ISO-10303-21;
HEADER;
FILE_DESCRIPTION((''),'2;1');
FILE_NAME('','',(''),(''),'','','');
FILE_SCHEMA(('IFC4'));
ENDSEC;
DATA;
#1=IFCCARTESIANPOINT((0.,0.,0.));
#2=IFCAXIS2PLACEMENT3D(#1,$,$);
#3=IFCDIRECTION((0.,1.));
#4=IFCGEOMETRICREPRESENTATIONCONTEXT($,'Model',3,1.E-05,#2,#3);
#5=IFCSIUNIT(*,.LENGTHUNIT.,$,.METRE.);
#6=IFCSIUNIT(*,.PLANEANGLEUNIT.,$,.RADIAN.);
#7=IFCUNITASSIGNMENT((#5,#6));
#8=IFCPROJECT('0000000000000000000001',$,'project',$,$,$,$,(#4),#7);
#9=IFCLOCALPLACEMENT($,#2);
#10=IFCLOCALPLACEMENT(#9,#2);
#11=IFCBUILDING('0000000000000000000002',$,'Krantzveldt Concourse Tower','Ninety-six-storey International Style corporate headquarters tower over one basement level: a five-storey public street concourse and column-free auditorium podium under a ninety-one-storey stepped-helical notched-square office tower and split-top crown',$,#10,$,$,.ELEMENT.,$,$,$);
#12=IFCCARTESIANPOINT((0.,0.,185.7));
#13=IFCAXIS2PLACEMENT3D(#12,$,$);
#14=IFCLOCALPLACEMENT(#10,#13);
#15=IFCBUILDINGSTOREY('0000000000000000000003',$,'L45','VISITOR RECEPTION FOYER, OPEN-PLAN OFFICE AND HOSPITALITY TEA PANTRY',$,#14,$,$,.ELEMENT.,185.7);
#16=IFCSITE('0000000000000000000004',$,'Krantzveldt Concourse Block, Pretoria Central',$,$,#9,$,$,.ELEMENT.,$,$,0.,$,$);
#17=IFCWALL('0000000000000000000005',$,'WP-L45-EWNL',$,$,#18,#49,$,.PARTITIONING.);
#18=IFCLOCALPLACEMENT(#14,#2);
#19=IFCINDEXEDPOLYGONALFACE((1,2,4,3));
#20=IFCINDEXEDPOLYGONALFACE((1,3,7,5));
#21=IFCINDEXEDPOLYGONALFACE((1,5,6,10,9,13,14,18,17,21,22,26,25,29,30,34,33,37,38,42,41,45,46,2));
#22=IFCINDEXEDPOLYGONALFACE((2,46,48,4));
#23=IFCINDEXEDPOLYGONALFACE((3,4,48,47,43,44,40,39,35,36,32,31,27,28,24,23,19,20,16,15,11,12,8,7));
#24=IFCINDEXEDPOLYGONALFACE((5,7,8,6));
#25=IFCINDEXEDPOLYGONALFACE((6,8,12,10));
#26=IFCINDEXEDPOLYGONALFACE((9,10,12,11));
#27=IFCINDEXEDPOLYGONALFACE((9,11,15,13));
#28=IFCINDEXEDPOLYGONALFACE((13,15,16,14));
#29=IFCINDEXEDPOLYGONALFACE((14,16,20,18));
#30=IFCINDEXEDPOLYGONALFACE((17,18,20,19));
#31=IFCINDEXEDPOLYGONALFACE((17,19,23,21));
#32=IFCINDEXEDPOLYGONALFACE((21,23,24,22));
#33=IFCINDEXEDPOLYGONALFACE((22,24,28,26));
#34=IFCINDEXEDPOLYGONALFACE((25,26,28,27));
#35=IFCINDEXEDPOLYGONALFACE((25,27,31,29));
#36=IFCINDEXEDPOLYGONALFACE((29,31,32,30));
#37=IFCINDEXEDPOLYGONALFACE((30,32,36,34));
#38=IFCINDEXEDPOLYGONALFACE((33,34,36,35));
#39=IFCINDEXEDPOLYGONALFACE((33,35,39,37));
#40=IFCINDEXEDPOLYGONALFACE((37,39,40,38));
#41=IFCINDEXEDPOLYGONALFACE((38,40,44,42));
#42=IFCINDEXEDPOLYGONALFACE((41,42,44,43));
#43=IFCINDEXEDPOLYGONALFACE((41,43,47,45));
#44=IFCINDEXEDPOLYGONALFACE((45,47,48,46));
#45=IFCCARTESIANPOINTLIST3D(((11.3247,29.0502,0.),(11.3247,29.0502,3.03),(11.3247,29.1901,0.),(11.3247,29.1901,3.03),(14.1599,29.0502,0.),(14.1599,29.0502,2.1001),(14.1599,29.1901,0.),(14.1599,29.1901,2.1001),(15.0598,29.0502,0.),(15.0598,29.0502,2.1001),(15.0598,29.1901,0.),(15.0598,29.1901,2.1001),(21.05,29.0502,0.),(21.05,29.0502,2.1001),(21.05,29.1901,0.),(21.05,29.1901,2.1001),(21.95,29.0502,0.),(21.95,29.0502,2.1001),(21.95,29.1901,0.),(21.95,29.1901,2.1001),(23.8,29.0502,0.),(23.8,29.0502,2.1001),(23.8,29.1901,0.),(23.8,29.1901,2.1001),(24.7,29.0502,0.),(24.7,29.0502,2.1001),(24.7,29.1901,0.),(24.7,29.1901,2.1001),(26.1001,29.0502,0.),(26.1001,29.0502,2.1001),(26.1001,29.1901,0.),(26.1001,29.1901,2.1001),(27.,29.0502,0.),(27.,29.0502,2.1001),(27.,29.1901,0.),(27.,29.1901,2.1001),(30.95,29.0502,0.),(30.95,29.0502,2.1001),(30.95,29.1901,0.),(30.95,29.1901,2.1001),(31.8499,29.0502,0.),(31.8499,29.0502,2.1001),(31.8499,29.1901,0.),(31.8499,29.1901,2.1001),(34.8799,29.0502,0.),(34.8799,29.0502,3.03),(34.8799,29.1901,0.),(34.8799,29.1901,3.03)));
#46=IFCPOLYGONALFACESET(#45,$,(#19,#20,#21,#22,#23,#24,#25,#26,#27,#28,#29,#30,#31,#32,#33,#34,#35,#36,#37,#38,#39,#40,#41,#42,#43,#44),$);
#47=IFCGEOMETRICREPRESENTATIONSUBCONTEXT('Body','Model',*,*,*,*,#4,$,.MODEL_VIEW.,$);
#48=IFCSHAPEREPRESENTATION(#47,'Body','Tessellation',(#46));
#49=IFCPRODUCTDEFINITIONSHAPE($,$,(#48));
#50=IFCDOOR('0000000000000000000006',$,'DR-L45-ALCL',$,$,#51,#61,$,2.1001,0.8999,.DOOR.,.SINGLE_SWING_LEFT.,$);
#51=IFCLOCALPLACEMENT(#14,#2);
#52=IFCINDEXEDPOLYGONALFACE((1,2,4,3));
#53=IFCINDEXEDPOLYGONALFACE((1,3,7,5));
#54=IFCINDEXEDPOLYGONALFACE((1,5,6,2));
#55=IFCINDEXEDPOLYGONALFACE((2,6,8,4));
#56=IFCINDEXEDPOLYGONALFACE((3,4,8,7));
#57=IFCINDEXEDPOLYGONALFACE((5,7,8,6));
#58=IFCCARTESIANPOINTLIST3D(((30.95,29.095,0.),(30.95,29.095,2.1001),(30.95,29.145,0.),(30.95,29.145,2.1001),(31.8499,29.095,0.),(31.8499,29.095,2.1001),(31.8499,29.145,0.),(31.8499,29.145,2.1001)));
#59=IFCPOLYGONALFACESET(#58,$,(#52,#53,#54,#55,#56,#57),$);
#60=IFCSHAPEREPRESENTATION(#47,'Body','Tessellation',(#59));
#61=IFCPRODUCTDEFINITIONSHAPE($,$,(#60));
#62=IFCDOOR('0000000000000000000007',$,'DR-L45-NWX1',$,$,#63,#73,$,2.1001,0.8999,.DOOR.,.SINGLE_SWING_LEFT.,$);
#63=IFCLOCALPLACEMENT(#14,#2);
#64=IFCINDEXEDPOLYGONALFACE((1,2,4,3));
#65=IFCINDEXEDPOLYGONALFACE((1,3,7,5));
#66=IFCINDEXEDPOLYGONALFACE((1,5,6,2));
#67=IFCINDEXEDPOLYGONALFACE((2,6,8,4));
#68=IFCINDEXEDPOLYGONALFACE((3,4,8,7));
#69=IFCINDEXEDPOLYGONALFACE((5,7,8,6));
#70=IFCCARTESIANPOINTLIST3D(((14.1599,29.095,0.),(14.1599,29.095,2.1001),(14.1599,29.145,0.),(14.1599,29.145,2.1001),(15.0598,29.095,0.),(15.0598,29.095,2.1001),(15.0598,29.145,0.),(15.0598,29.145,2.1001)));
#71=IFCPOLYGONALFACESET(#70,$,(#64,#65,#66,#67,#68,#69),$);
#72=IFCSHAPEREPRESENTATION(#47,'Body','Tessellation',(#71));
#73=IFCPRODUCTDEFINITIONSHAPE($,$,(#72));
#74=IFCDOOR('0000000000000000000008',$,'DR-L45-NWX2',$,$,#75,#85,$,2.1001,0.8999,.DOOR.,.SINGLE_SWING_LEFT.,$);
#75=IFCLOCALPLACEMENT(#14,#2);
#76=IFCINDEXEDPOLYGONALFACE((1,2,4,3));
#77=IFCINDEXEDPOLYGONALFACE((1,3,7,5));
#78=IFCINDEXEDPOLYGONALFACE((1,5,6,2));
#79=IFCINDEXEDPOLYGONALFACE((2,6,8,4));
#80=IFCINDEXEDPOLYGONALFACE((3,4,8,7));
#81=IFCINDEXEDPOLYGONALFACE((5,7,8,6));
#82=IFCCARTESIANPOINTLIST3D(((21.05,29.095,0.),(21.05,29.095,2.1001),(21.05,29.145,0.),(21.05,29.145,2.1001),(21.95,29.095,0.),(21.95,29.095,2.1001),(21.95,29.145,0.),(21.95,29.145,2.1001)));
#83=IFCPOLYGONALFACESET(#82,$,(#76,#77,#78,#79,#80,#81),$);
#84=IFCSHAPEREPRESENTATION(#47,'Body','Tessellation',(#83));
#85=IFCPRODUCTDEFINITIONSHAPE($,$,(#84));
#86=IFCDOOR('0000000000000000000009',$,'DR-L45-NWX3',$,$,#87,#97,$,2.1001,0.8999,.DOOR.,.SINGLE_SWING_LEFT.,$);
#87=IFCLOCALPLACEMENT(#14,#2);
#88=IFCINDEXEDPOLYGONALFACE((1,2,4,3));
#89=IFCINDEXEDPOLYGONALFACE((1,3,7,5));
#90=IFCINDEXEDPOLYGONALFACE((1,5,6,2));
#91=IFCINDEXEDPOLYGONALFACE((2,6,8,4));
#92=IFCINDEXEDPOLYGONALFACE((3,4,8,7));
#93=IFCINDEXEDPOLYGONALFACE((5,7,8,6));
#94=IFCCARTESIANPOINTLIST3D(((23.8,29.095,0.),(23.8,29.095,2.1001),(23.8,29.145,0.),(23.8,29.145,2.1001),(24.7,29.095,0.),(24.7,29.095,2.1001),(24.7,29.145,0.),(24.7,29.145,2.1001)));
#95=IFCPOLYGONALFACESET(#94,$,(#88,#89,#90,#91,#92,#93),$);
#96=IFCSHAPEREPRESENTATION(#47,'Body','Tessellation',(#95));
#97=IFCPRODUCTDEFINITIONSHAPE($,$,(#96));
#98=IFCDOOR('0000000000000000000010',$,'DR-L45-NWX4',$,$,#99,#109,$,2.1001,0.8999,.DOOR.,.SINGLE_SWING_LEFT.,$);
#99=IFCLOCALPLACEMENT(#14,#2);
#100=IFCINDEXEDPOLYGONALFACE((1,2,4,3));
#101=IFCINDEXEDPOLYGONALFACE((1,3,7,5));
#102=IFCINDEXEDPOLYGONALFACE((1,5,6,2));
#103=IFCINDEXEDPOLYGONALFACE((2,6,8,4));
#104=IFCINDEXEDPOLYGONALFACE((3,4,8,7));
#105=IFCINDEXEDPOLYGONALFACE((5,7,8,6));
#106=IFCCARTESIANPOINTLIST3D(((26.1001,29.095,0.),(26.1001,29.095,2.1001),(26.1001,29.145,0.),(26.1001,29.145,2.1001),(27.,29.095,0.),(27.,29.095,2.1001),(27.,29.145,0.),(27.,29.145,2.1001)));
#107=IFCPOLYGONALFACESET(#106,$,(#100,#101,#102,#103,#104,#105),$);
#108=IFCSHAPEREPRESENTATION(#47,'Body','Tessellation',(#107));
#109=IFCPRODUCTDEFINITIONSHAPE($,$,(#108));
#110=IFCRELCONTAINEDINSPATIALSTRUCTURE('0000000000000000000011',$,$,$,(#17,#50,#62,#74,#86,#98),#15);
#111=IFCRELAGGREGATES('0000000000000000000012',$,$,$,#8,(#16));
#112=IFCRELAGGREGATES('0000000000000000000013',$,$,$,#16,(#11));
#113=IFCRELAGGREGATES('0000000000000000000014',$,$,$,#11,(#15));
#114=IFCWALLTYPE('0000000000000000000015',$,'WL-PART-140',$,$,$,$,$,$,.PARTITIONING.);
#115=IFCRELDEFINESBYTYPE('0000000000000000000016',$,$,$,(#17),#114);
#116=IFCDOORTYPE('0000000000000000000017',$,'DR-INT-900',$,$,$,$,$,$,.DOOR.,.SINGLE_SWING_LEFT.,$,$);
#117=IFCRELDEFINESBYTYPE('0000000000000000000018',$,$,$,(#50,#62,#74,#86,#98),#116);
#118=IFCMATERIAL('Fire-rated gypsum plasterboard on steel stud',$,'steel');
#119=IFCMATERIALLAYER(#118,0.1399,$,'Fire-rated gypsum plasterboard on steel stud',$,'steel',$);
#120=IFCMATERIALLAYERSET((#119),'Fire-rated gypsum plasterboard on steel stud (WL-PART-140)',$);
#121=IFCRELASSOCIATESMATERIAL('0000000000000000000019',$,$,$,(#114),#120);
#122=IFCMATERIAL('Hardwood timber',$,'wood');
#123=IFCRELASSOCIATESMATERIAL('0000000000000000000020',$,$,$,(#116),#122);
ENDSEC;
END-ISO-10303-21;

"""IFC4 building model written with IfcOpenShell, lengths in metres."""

from ifc_helpers import new_model, si_unit, direction, frame, frame_2d, origin, place, context, subcontext, project, spatial, rectangle, extrude, material, layer, layer_set, type_object, element, fill, save


model = new_model("IFC4")

# Units and contexts
model_context = context("Model", 3, precision=1e-05, world=origin(), true_north=direction((0.0, 1.0)))
body_context = subcontext(model_context, "Body", "Model", "MODEL_VIEW")
ifc_project = project(units=[si_unit("LENGTHUNIT", "METRE"), si_unit("PLANEANGLEUNIT", "RADIAN")], contexts=[model_context])

# Site, building, storey
site_placement = place(None, origin())
site = spatial("IfcSite", under=ifc_project, at=site_placement, Name="Krantzveldt Concourse Block, Pretoria Central", CompositionType="ELEMENT", RefElevation=0.0)
building_placement = place(site_placement, origin())
building = spatial("IfcBuilding", under=site, at=building_placement, Name="Krantzveldt Concourse Tower", Description="Ninety-six-storey International Style corporate headquarters tower over one basement level: a five-storey public street concourse and column-free auditorium podium under a ninety-one-storey stepped-helical notched-square office tower and split-top crown", CompositionType="ELEMENT")
storey_placement = place(building_placement, frame((0.0, 0.0, 185.7)))
storey = spatial("IfcBuildingStorey", under=building, at=storey_placement, Name="L45", Description="VISITOR RECEPTION FOYER, OPEN-PLAN OFFICE AND HOSPITALITY TEA PANTRY", CompositionType="ELEMENT", Elevation=185.7)

# Shared definitions
ifc_material_1 = material(Name="Fire-rated gypsum plasterboard on steel stud", Category="steel")

# Wall, openings, doors
ifc_layer_1 = layer(ifc_material_1, 0.1399, Name="Fire-rated gypsum plasterboard on steel stud", Category="steel")
ifc_layer_set_1 = layer_set([ifc_layer_1], Name="Fire-rated gypsum plasterboard on steel stud (WL-PART-140)")
wall_type_1 = type_object("IfcWallType", Name="WL-PART-140", PredefinedType="PARTITIONING", material=ifc_layer_set_1)
wall_1_placement = place(storey_placement, frame((11.3247, 29.1201, 0.0), z_axis=(0.0, 0.0, 1.0), x_axis=(1.0, 0.0, 0.0)))
wall_1 = element("IfcWall", 1, at=wall_1_placement, inside=storey, type_object=wall_type_1, Name="WP-L45-EWNL", PredefinedType="PARTITIONING", context=body_context, shape_type="SweptSolid", body=[
    extrude(rectangle(XDim=23.5552, YDim=0.1399, at=frame_2d((11.7776, 0.0))), origin(), (0.0, 0.0, 1.0), 3.03),
])
opening_1_placement = place(wall_1_placement, frame((19.6252, 0.0, 0.0)))
opening_1 = element("IfcOpeningElement", 2, at=opening_1_placement, cuts=wall_1, PredefinedType="OPENING", context=body_context, shape_type="SweptSolid", body=[
    extrude(rectangle(XDim=0.8999, YDim=2.1001, at=frame_2d((0.45, 1.05))), frame((0.0, 0.0801, 0.0), z_axis=(0.0, -1.0, 0.0), x_axis=(1.0, 0.0, 0.0)), (0.0, 0.0, 1.0), 0.1599),
])
opening_2_placement = place(wall_1_placement, frame((2.8352, 0.0, 0.0)))
opening_2 = element("IfcOpeningElement", 3, at=opening_2_placement, cuts=wall_1, PredefinedType="OPENING", context=body_context, shape_type="SweptSolid", body=[
    extrude(rectangle(XDim=0.8999, YDim=2.1001, at=frame_2d((0.45, 1.05))), frame((0.0, 0.0801, 0.0), z_axis=(0.0, -1.0, 0.0), x_axis=(1.0, 0.0, 0.0)), (0.0, 0.0, 1.0), 0.1599),
])
opening_3_placement = place(wall_1_placement, frame((9.7253, 0.0, 0.0)))
opening_3 = element("IfcOpeningElement", 4, at=opening_3_placement, cuts=wall_1, PredefinedType="OPENING", context=body_context, shape_type="SweptSolid", body=[
    extrude(rectangle(XDim=0.8999, YDim=2.1001, at=frame_2d((0.45, 1.05))), frame((0.0, 0.0801, 0.0), z_axis=(0.0, -1.0, 0.0), x_axis=(1.0, 0.0, 0.0)), (0.0, 0.0, 1.0), 0.1599),
])
opening_4_placement = place(wall_1_placement, frame((12.4753, 0.0, 0.0)))
opening_4 = element("IfcOpeningElement", 5, at=opening_4_placement, cuts=wall_1, PredefinedType="OPENING", context=body_context, shape_type="SweptSolid", body=[
    extrude(rectangle(XDim=0.8999, YDim=2.1001, at=frame_2d((0.45, 1.05))), frame((0.0, 0.0801, 0.0), z_axis=(0.0, -1.0, 0.0), x_axis=(1.0, 0.0, 0.0)), (0.0, 0.0, 1.0), 0.1599),
])
opening_5_placement = place(wall_1_placement, frame((14.7754, 0.0, 0.0)))
opening_5 = element("IfcOpeningElement", 6, at=opening_5_placement, cuts=wall_1, PredefinedType="OPENING", context=body_context, shape_type="SweptSolid", body=[
    extrude(rectangle(XDim=0.8999, YDim=2.1001, at=frame_2d((0.45, 1.05))), frame((0.0, 0.0801, 0.0), z_axis=(0.0, -1.0, 0.0), x_axis=(1.0, 0.0, 0.0)), (0.0, 0.0, 1.0), 0.1599),
])
ifc_material_2 = material(Name="Hardwood timber", Category="wood")
door_type = type_object("IfcDoorType", Name="DR-INT-900", OperationType="SINGLE_SWING_LEFT", PredefinedType="DOOR", material=ifc_material_2)
door_1_placement = place(opening_1_placement, origin())
door_1 = element("IfcDoor", 7, at=door_1_placement, inside=storey, type_object=door_type, Name="DR-L45-ALCL", OperationType="SINGLE_SWING_LEFT", OverallHeight=2.1001, OverallWidth=0.8999, PredefinedType="DOOR", context=body_context, shape_type="SweptSolid", body=[
    extrude(rectangle(XDim=0.8999, YDim=2.1001, at=frame_2d((0.45, 1.05))), frame((0.0, 0.0249, 0.0), z_axis=(0.0, -1.0, 0.0), x_axis=(1.0, 0.0, 0.0)), (0.0, 0.0, 1.0), 0.05),
])
fill(opening_1, door_1)
door_2_placement = place(opening_2_placement, origin())
door_2 = element("IfcDoor", 8, at=door_2_placement, inside=storey, type_object=door_type, Name="DR-L45-NWX1", OperationType="SINGLE_SWING_LEFT", OverallHeight=2.1001, OverallWidth=0.8999, PredefinedType="DOOR", context=body_context, shape_type="SweptSolid", body=[
    extrude(rectangle(XDim=0.8999, YDim=2.1001, at=frame_2d((0.45, 1.05))), frame((0.0, 0.0249, 0.0), z_axis=(0.0, -1.0, 0.0), x_axis=(1.0, 0.0, 0.0)), (0.0, 0.0, 1.0), 0.05),
])
fill(opening_2, door_2)
door_3_placement = place(opening_3_placement, origin())
door_3 = element("IfcDoor", 9, at=door_3_placement, inside=storey, type_object=door_type, Name="DR-L45-NWX2", OperationType="SINGLE_SWING_LEFT", OverallHeight=2.1001, OverallWidth=0.8999, PredefinedType="DOOR", context=body_context, shape_type="SweptSolid", body=[
    extrude(rectangle(XDim=0.8999, YDim=2.1001, at=frame_2d((0.45, 1.05))), frame((0.0, 0.0249, 0.0), z_axis=(0.0, -1.0, 0.0), x_axis=(1.0, 0.0, 0.0)), (0.0, 0.0, 1.0), 0.05),
])
fill(opening_3, door_3)
door_4_placement = place(opening_4_placement, origin())
door_4 = element("IfcDoor", 10, at=door_4_placement, inside=storey, type_object=door_type, Name="DR-L45-NWX3", OperationType="SINGLE_SWING_LEFT", OverallHeight=2.1001, OverallWidth=0.8999, PredefinedType="DOOR", context=body_context, shape_type="SweptSolid", body=[
    extrude(rectangle(XDim=0.8999, YDim=2.1001, at=frame_2d((0.45, 1.05))), frame((0.0, 0.0249, 0.0), z_axis=(0.0, -1.0, 0.0), x_axis=(1.0, 0.0, 0.0)), (0.0, 0.0, 1.0), 0.05),
])
fill(opening_4, door_4)
door_5_placement = place(opening_5_placement, origin())
door_5 = element("IfcDoor", 11, at=door_5_placement, inside=storey, type_object=door_type, Name="DR-L45-NWX4", OperationType="SINGLE_SWING_LEFT", OverallHeight=2.1001, OverallWidth=0.8999, PredefinedType="DOOR", context=body_context, shape_type="SweptSolid", body=[
    extrude(rectangle(XDim=0.8999, YDim=2.1001, at=frame_2d((0.45, 1.05))), frame((0.0, 0.0249, 0.0), z_axis=(0.0, -1.0, 0.0), x_axis=(1.0, 0.0, 0.0)), (0.0, 0.0, 1.0), 0.05),
])
fill(opening_5, door_5)

save(model, "model.ifc")
